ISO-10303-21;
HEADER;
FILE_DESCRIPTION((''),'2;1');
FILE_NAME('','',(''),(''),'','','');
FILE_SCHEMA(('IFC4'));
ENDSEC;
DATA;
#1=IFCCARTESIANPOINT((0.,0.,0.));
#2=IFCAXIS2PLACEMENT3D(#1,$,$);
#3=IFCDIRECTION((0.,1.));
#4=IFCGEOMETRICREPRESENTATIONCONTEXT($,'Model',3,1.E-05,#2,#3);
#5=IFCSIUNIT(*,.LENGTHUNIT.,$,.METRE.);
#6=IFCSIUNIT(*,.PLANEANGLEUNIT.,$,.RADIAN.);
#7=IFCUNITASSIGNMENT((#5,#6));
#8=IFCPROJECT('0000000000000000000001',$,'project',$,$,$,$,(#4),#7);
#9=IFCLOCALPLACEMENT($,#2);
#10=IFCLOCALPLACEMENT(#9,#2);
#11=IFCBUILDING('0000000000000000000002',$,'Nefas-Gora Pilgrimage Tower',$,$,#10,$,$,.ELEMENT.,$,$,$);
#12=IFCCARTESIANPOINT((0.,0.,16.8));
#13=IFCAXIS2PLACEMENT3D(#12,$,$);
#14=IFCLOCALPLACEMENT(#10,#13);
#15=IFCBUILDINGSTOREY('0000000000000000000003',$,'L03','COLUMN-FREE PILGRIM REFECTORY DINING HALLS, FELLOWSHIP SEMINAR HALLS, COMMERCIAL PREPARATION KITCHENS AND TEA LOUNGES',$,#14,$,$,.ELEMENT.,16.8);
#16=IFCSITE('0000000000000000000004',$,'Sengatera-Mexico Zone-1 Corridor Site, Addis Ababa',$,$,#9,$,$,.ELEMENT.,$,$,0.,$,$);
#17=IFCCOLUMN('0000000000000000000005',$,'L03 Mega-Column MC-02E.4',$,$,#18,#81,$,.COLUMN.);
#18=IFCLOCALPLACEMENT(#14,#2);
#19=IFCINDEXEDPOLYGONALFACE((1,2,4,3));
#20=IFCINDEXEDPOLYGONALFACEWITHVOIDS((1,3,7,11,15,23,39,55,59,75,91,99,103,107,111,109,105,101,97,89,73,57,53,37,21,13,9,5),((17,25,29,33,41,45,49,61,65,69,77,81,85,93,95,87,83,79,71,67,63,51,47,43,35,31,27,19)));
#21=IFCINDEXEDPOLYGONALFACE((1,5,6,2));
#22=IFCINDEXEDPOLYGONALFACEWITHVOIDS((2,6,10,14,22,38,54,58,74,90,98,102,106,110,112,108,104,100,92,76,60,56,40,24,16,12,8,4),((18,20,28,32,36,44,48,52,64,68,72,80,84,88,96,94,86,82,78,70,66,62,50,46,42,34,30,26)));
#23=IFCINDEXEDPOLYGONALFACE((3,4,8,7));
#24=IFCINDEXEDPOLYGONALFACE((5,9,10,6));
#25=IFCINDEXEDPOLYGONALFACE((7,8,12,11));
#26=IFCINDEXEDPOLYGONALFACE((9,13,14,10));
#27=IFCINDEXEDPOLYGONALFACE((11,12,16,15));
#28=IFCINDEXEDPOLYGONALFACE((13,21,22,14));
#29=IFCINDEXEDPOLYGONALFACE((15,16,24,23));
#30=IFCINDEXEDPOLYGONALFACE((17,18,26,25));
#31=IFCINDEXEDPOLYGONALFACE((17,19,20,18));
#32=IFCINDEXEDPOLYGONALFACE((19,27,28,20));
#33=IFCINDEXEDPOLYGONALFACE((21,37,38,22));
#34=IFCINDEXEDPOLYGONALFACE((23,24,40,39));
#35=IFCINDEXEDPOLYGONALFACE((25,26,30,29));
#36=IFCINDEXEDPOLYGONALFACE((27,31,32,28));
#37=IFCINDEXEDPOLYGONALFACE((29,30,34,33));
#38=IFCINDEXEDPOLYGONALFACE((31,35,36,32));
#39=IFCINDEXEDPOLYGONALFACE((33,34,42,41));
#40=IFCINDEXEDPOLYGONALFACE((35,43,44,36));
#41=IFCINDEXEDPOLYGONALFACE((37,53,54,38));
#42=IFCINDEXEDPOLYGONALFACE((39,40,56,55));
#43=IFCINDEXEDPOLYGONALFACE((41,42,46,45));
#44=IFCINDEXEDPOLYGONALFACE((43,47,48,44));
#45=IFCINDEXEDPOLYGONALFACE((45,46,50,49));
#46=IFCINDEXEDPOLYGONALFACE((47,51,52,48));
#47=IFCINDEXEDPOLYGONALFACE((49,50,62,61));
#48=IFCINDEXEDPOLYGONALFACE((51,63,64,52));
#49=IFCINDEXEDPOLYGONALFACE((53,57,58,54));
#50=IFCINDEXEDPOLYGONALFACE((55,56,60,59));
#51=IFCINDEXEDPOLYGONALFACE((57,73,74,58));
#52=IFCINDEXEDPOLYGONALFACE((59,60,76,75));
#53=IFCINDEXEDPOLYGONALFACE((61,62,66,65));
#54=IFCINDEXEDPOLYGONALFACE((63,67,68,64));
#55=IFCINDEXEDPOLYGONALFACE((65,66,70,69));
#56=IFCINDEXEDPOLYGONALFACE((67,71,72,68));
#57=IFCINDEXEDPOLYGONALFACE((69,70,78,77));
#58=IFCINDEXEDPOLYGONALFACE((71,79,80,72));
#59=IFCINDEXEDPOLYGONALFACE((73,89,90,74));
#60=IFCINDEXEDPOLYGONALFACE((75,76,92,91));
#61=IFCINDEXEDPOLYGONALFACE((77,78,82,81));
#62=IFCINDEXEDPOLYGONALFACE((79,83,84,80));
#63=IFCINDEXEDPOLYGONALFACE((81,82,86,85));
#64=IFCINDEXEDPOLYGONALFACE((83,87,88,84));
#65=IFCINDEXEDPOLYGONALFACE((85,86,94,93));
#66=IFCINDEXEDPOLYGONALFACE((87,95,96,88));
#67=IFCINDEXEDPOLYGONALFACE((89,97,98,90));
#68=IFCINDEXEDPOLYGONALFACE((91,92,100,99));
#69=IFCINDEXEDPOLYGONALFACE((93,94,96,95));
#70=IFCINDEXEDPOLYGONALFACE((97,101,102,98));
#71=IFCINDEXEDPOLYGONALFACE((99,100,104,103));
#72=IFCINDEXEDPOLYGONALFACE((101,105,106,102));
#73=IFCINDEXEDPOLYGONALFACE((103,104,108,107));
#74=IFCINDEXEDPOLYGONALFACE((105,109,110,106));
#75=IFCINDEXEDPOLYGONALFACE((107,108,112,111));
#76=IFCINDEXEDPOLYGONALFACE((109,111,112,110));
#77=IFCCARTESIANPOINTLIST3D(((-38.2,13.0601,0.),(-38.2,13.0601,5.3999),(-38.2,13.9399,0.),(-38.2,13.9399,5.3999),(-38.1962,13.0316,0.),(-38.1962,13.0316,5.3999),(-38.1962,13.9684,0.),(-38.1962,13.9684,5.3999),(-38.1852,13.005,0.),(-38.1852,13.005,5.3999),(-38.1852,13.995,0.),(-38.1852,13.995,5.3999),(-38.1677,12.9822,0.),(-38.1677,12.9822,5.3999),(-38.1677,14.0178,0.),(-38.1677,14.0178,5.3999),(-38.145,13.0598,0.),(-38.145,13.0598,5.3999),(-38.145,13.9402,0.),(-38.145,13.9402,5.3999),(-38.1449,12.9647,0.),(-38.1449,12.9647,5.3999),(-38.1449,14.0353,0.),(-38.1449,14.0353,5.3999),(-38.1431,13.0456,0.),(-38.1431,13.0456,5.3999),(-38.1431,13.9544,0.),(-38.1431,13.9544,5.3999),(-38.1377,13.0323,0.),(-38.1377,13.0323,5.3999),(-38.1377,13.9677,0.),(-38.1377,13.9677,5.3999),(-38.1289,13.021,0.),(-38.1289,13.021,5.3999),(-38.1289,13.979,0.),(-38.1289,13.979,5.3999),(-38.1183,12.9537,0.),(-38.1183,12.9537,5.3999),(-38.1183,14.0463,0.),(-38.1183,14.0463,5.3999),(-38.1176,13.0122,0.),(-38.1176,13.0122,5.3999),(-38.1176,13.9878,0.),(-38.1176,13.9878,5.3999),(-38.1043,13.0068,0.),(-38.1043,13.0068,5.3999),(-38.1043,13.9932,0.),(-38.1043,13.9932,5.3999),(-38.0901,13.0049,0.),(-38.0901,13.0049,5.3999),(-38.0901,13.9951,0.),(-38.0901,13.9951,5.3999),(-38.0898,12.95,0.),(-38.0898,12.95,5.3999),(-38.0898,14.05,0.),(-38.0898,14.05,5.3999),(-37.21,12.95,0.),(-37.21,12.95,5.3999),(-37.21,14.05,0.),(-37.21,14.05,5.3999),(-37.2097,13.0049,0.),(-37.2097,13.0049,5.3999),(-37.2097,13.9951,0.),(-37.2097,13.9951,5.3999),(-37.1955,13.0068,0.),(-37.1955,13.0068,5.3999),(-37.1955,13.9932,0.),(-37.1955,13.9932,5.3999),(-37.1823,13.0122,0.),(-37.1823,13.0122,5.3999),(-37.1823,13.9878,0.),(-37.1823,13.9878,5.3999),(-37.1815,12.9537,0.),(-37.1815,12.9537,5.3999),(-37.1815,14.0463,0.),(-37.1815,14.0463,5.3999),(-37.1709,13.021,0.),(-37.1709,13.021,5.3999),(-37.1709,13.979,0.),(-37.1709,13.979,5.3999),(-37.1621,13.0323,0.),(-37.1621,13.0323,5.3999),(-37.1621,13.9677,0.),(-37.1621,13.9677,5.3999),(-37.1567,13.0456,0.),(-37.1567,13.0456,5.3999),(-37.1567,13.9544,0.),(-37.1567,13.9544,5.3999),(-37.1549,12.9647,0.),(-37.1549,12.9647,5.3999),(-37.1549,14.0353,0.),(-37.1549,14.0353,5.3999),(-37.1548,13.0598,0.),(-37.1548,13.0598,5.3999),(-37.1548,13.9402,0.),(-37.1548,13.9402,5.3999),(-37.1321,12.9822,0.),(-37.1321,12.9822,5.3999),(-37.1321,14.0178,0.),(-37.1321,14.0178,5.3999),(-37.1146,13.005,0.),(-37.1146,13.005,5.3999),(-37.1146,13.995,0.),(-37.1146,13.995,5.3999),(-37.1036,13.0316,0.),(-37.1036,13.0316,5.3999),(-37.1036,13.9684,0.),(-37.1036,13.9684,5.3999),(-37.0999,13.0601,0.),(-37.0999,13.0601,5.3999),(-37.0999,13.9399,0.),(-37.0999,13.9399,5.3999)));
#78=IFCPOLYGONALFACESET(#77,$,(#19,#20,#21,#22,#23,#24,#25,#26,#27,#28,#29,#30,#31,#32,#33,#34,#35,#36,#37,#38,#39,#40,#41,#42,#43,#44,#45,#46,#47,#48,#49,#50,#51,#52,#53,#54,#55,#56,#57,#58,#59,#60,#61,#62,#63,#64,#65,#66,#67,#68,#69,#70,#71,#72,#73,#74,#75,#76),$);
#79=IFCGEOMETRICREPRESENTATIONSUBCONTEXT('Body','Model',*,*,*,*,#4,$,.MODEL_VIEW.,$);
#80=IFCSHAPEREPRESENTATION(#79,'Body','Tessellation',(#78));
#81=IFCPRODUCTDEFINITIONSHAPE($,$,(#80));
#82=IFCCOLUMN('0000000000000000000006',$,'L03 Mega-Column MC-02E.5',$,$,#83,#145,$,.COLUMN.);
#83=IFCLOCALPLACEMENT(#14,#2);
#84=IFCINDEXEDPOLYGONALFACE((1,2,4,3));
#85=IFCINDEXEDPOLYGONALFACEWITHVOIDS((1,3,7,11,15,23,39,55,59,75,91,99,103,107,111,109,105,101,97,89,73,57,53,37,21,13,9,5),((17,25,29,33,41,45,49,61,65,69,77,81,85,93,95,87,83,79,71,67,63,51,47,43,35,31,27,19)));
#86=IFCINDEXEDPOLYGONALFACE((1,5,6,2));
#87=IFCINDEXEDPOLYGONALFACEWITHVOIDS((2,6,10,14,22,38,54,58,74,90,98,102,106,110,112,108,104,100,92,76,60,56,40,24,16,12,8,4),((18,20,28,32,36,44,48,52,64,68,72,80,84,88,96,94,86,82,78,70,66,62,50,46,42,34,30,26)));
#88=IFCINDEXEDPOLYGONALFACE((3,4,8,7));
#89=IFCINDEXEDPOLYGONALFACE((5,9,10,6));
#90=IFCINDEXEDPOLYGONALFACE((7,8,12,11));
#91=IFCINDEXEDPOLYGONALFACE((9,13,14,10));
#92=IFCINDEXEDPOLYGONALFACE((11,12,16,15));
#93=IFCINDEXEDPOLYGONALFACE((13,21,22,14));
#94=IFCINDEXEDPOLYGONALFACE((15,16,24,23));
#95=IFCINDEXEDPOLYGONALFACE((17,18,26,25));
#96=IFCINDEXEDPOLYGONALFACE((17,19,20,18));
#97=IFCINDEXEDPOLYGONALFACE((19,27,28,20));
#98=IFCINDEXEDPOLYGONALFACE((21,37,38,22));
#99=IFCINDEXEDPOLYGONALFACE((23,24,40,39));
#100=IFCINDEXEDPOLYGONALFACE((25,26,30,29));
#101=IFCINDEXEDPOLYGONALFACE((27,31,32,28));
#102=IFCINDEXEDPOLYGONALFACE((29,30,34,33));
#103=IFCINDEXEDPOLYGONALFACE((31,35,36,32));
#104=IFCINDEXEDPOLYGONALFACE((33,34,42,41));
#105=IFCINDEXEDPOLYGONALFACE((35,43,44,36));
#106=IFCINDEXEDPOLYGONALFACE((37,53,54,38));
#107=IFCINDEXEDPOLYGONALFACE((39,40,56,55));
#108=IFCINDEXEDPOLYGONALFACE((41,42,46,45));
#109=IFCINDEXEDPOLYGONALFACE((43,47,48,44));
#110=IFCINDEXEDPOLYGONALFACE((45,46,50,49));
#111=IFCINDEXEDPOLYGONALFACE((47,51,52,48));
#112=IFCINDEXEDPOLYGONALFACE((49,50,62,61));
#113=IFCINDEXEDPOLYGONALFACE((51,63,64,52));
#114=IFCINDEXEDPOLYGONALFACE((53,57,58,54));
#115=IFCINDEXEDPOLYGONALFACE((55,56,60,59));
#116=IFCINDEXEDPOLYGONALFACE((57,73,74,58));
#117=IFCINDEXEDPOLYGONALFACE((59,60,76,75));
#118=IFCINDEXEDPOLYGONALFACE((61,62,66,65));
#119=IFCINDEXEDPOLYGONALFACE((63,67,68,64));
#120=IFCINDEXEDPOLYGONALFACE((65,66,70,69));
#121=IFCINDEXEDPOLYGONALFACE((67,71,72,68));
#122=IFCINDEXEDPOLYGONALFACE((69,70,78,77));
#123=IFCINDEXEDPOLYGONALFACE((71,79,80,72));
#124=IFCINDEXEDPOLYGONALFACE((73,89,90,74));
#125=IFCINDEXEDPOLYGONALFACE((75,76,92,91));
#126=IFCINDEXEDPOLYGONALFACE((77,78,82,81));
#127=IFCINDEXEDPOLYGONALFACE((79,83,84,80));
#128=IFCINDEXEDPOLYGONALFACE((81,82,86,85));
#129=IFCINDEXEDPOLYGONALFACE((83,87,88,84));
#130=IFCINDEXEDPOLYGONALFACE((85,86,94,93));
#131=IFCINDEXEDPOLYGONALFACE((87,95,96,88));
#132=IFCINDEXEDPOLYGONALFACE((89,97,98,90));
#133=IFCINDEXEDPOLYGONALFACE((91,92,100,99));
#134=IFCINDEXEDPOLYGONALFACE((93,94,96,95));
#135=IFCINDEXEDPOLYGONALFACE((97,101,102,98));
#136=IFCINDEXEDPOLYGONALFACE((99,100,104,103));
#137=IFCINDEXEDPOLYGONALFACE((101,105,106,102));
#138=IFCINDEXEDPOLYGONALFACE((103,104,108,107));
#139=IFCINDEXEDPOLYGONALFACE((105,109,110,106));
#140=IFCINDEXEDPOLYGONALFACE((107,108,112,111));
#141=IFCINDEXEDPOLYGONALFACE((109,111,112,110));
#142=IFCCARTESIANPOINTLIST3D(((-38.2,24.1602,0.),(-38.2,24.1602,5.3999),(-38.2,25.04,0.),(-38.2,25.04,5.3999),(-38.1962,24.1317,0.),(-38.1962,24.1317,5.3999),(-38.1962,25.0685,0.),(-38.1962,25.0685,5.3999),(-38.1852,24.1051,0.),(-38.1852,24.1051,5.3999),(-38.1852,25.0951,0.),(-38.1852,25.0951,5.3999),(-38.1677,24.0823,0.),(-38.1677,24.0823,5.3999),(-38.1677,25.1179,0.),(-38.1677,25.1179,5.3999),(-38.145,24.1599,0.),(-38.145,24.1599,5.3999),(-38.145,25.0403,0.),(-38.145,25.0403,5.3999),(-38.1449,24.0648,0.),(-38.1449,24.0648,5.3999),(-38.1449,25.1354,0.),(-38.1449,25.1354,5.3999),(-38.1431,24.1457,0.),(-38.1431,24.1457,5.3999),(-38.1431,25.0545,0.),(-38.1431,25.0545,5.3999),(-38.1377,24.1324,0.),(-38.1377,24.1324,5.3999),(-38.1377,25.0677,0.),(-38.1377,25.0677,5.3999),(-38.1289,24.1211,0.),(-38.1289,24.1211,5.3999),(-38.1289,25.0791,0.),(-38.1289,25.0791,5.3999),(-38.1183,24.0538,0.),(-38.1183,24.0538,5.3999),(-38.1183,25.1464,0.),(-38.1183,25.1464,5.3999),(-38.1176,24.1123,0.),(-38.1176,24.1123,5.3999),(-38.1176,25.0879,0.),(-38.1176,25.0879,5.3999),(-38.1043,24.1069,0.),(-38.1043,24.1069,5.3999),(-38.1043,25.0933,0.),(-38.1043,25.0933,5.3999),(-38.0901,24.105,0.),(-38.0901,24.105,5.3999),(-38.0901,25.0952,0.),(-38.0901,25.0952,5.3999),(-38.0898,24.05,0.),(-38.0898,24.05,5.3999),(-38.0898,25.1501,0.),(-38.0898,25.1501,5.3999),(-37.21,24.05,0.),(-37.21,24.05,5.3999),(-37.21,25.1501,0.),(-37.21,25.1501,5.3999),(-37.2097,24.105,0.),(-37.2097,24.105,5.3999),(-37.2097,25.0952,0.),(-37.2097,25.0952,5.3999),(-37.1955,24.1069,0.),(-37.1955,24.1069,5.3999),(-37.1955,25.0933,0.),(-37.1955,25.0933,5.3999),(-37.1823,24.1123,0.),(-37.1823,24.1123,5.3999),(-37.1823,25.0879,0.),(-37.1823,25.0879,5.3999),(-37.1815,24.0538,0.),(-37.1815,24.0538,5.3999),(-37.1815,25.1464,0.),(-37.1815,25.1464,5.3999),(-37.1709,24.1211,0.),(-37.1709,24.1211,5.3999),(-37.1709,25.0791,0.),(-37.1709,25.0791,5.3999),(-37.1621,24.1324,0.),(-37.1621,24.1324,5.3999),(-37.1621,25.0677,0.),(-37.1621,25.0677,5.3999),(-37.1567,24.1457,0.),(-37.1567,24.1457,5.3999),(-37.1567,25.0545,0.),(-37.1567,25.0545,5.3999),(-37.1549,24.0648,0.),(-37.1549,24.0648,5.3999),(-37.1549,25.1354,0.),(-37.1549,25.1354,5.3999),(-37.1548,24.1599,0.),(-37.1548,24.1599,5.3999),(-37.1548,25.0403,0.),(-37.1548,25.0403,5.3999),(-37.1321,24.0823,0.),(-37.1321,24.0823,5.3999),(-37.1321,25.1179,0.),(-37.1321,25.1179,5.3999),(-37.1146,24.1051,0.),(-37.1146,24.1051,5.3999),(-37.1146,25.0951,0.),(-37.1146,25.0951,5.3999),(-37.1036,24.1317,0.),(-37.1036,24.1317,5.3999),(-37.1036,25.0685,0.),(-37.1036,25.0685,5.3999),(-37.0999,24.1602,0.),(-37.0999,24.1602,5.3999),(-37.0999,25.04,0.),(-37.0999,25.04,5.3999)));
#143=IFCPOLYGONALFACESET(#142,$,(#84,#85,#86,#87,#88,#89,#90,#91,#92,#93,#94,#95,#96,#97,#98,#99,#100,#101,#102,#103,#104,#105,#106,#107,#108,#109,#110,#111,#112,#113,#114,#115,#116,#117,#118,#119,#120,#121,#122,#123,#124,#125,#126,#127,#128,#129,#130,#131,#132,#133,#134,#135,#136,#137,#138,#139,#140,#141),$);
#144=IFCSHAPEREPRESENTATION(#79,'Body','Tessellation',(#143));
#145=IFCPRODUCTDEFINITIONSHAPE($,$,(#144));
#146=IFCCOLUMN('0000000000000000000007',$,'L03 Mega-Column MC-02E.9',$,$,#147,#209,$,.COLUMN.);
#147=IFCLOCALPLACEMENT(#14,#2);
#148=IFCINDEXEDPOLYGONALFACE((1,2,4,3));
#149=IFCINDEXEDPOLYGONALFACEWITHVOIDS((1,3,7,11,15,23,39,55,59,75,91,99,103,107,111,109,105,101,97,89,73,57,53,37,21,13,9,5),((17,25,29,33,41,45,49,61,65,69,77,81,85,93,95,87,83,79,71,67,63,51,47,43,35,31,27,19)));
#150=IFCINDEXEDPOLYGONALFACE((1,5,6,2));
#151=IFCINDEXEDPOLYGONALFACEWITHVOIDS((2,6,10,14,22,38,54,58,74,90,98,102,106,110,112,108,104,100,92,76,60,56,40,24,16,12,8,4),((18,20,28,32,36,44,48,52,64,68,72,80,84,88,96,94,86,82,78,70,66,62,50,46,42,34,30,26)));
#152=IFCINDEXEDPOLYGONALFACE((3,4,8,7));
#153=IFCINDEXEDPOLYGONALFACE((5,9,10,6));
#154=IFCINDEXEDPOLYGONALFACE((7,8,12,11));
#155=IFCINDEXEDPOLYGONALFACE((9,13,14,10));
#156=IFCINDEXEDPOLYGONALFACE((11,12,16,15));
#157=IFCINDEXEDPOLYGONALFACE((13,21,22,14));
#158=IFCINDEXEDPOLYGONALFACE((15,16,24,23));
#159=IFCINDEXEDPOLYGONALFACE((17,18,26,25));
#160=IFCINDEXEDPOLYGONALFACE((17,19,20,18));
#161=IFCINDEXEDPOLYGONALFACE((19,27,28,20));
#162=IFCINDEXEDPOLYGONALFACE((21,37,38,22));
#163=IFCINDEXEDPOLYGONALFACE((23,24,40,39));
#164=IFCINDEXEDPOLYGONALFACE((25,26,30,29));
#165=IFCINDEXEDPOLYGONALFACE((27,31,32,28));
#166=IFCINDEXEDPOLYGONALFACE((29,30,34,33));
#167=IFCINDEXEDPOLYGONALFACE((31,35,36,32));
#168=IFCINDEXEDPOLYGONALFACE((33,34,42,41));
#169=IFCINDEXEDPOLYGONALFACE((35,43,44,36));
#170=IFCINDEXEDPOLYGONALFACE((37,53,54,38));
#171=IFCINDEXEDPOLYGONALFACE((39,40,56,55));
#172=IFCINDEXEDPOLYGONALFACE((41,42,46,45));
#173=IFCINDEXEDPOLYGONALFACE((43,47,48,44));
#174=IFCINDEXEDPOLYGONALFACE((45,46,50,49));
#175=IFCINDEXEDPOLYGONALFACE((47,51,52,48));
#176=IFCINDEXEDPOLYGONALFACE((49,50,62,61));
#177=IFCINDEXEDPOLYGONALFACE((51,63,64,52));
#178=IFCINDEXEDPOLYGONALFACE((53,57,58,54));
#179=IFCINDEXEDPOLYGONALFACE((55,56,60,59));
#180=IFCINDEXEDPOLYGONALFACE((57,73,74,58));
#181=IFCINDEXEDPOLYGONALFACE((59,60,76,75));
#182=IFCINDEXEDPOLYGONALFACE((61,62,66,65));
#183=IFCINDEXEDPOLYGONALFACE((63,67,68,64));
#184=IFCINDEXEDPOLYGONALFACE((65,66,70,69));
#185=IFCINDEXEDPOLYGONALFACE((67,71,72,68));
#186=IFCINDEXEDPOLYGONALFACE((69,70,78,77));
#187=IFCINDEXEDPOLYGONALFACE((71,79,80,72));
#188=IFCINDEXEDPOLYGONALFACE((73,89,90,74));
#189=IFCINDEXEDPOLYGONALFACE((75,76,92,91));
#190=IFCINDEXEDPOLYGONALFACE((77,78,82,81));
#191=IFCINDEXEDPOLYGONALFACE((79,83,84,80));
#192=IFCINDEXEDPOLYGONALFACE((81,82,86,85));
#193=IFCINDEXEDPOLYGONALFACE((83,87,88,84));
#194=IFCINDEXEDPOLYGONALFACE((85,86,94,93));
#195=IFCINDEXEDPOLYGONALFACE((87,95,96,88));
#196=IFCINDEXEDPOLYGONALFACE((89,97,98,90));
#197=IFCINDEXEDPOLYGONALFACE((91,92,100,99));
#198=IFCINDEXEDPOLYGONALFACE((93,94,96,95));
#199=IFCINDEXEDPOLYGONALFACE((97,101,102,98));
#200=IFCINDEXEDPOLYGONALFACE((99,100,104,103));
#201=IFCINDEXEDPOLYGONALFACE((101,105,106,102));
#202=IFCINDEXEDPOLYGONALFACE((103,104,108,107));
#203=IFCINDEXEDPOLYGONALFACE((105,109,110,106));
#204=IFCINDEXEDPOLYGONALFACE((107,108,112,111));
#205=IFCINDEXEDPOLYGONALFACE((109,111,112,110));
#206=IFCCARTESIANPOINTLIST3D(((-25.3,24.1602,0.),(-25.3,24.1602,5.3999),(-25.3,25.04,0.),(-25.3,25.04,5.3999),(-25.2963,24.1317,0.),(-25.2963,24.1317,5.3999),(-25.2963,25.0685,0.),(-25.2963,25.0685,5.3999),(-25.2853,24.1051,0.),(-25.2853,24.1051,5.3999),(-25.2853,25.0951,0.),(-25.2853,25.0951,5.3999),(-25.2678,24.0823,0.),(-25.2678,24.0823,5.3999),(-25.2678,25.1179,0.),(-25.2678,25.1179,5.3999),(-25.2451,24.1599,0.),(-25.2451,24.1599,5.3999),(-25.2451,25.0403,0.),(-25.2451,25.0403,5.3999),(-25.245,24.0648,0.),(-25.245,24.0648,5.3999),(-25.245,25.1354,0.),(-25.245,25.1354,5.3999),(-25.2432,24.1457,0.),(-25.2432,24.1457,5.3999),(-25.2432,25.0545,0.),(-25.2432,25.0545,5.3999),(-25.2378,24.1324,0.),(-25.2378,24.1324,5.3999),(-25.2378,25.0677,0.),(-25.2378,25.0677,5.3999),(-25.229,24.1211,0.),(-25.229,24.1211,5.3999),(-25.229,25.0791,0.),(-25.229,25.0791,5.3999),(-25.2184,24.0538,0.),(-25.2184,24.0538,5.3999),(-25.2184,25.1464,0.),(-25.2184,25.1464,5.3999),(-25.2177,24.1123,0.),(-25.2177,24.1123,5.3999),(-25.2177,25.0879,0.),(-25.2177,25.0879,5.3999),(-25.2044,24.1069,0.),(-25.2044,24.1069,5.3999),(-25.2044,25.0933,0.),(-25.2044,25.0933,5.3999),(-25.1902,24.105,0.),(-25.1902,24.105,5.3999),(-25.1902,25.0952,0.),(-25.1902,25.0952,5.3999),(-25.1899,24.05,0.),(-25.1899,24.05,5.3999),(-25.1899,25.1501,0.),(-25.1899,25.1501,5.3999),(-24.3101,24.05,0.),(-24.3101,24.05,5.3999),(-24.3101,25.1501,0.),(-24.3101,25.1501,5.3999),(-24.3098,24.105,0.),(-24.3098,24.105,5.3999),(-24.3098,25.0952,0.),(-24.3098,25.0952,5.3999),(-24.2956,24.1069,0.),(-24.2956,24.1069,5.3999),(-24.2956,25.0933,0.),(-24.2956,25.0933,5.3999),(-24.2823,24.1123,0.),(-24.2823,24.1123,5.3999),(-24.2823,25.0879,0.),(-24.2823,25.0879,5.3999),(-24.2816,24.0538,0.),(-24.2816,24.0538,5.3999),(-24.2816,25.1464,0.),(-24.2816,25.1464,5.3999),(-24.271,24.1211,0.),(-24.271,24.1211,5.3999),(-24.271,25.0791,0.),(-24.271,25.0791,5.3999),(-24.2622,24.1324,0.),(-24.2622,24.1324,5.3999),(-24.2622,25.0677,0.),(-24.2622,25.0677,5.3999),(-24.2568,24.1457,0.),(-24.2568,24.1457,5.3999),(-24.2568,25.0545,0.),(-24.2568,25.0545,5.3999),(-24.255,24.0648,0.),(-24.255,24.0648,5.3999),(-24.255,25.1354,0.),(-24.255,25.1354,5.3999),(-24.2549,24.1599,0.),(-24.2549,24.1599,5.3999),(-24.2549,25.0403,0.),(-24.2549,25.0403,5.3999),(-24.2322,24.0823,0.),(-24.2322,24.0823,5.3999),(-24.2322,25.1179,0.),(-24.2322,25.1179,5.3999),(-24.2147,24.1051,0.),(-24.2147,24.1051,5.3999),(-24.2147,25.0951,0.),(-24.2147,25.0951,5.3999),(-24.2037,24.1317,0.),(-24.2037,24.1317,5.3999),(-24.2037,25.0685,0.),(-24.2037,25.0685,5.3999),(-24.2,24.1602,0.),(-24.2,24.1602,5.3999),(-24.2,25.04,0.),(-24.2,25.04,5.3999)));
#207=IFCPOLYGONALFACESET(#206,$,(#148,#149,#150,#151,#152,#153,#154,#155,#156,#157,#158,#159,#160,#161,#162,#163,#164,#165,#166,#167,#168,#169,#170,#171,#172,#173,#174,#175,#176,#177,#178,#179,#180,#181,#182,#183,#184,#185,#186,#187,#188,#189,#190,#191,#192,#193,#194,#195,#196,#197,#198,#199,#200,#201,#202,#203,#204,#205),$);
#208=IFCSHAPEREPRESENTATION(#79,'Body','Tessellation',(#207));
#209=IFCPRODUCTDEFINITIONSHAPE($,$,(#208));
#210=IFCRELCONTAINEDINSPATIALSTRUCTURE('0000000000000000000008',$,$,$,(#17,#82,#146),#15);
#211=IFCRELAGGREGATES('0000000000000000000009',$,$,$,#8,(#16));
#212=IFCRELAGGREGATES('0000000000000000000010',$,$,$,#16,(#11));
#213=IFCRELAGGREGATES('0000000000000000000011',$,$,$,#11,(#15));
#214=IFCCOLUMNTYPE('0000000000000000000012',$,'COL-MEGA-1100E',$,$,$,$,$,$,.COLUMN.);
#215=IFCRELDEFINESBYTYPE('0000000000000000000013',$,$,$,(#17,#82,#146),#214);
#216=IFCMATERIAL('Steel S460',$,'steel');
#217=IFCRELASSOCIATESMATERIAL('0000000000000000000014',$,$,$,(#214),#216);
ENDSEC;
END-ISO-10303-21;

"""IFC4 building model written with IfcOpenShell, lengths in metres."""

from ifc_helpers import new_model, si_unit, direction, frame, origin, origin_2d, place, context, subcontext, project, spatial, hollow_rectangle, extrude, source, transform, mapped, material, material_profile, profile_set, type_object, element, save


model = new_model("IFC4")

# Units and contexts
model_context = context("Model", 3, precision=1e-05, world=origin(), true_north=direction((0.0, 1.0)))
body_context = subcontext(model_context, "Body", "Model", "MODEL_VIEW")
ifc_project = project(units=[si_unit("LENGTHUNIT", "METRE"), si_unit("PLANEANGLEUNIT", "RADIAN")], contexts=[model_context])

# Site, building, storey
site_placement = place(None, origin())
site = spatial("IfcSite", under=ifc_project, at=site_placement, Name="Sengatera-Mexico Zone-1 Corridor Site, Addis Ababa", CompositionType="ELEMENT", RefElevation=0.0)
building_placement = place(site_placement, origin())
building = spatial("IfcBuilding", under=site, at=building_placement, Name="Nefas-Gora Pilgrimage Tower", CompositionType="ELEMENT")
storey_placement = place(building_placement, frame((0.0, 0.0, 16.8)))
storey = spatial("IfcBuildingStorey", under=building, at=storey_placement, Name="L03", Description="COLUMN-FREE PILGRIM REFECTORY DINING HALLS, FELLOWSHIP SEMINAR HALLS, COMMERCIAL PREPARATION KITCHENS AND TEA LOUNGES", CompositionType="ELEMENT", Elevation=16.8)

# Columns
ifc_material_1 = material(Name="Steel S460", Category="steel")
ifc_material_profile_1 = material_profile(ifc_material_1, hollow_rectangle(XDim=1.1001, YDim=1.1001, WallThickness=0.0549, InnerFilletRadius=0.0549, OuterFilletRadius=0.1101, at=origin_2d()), Name="BOX 1100x1100x55")
ifc_profile_set_1 = profile_set([ifc_material_profile_1], Name="Steel S460")
column_type = type_object("IfcColumnType", Name="COL-MEGA-1100E", PredefinedType="COLUMN", material=ifc_profile_set_1)
shared_shape_1 = source(origin(), body_context, "Body", "SweptSolid", [
    extrude(hollow_rectangle(XDim=1.1001, YDim=1.1001, WallThickness=0.0549, InnerFilletRadius=0.0549, OuterFilletRadius=0.1101, at=origin_2d()), origin(), (0.0, 0.0, 1.0), 5.3999),
])
for number, where, z_axis, x_axis, name in (
    (1, (-37.6499, 13.5, 0.0), (0.0, 0.0, 1.0), (1.0, 0.0, 0.0), "L03 Mega-Column MC-02E.4"),
    (2, (-37.6499, 24.6001, 0.0), (0.0, 0.0, 1.0), (1.0, 0.0, 0.0), "L03 Mega-Column MC-02E.5"),
    (3, (-24.75, 24.6001, 0.0), (0.0, 0.0, 1.0), (1.0, 0.0, 0.0), "L03 Mega-Column MC-02E.9"),
):
    element("IfcColumn", number, at=place(storey_placement, frame(where, z_axis=z_axis, x_axis=x_axis)), inside=storey, type_object=column_type, Name=name, PredefinedType="COLUMN", context=body_context, shape_type="MappedRepresentation", body=[
        mapped(shared_shape_1, transform((0.0, 0.0, 0.0), x_axis=(1.0, 0.0, 0.0), y_axis=(0.0, 1.0, 0.0), z_axis=(0.0, 0.0, 1.0), scale=1.0)),
    ])

save(model, "model.ifc")
